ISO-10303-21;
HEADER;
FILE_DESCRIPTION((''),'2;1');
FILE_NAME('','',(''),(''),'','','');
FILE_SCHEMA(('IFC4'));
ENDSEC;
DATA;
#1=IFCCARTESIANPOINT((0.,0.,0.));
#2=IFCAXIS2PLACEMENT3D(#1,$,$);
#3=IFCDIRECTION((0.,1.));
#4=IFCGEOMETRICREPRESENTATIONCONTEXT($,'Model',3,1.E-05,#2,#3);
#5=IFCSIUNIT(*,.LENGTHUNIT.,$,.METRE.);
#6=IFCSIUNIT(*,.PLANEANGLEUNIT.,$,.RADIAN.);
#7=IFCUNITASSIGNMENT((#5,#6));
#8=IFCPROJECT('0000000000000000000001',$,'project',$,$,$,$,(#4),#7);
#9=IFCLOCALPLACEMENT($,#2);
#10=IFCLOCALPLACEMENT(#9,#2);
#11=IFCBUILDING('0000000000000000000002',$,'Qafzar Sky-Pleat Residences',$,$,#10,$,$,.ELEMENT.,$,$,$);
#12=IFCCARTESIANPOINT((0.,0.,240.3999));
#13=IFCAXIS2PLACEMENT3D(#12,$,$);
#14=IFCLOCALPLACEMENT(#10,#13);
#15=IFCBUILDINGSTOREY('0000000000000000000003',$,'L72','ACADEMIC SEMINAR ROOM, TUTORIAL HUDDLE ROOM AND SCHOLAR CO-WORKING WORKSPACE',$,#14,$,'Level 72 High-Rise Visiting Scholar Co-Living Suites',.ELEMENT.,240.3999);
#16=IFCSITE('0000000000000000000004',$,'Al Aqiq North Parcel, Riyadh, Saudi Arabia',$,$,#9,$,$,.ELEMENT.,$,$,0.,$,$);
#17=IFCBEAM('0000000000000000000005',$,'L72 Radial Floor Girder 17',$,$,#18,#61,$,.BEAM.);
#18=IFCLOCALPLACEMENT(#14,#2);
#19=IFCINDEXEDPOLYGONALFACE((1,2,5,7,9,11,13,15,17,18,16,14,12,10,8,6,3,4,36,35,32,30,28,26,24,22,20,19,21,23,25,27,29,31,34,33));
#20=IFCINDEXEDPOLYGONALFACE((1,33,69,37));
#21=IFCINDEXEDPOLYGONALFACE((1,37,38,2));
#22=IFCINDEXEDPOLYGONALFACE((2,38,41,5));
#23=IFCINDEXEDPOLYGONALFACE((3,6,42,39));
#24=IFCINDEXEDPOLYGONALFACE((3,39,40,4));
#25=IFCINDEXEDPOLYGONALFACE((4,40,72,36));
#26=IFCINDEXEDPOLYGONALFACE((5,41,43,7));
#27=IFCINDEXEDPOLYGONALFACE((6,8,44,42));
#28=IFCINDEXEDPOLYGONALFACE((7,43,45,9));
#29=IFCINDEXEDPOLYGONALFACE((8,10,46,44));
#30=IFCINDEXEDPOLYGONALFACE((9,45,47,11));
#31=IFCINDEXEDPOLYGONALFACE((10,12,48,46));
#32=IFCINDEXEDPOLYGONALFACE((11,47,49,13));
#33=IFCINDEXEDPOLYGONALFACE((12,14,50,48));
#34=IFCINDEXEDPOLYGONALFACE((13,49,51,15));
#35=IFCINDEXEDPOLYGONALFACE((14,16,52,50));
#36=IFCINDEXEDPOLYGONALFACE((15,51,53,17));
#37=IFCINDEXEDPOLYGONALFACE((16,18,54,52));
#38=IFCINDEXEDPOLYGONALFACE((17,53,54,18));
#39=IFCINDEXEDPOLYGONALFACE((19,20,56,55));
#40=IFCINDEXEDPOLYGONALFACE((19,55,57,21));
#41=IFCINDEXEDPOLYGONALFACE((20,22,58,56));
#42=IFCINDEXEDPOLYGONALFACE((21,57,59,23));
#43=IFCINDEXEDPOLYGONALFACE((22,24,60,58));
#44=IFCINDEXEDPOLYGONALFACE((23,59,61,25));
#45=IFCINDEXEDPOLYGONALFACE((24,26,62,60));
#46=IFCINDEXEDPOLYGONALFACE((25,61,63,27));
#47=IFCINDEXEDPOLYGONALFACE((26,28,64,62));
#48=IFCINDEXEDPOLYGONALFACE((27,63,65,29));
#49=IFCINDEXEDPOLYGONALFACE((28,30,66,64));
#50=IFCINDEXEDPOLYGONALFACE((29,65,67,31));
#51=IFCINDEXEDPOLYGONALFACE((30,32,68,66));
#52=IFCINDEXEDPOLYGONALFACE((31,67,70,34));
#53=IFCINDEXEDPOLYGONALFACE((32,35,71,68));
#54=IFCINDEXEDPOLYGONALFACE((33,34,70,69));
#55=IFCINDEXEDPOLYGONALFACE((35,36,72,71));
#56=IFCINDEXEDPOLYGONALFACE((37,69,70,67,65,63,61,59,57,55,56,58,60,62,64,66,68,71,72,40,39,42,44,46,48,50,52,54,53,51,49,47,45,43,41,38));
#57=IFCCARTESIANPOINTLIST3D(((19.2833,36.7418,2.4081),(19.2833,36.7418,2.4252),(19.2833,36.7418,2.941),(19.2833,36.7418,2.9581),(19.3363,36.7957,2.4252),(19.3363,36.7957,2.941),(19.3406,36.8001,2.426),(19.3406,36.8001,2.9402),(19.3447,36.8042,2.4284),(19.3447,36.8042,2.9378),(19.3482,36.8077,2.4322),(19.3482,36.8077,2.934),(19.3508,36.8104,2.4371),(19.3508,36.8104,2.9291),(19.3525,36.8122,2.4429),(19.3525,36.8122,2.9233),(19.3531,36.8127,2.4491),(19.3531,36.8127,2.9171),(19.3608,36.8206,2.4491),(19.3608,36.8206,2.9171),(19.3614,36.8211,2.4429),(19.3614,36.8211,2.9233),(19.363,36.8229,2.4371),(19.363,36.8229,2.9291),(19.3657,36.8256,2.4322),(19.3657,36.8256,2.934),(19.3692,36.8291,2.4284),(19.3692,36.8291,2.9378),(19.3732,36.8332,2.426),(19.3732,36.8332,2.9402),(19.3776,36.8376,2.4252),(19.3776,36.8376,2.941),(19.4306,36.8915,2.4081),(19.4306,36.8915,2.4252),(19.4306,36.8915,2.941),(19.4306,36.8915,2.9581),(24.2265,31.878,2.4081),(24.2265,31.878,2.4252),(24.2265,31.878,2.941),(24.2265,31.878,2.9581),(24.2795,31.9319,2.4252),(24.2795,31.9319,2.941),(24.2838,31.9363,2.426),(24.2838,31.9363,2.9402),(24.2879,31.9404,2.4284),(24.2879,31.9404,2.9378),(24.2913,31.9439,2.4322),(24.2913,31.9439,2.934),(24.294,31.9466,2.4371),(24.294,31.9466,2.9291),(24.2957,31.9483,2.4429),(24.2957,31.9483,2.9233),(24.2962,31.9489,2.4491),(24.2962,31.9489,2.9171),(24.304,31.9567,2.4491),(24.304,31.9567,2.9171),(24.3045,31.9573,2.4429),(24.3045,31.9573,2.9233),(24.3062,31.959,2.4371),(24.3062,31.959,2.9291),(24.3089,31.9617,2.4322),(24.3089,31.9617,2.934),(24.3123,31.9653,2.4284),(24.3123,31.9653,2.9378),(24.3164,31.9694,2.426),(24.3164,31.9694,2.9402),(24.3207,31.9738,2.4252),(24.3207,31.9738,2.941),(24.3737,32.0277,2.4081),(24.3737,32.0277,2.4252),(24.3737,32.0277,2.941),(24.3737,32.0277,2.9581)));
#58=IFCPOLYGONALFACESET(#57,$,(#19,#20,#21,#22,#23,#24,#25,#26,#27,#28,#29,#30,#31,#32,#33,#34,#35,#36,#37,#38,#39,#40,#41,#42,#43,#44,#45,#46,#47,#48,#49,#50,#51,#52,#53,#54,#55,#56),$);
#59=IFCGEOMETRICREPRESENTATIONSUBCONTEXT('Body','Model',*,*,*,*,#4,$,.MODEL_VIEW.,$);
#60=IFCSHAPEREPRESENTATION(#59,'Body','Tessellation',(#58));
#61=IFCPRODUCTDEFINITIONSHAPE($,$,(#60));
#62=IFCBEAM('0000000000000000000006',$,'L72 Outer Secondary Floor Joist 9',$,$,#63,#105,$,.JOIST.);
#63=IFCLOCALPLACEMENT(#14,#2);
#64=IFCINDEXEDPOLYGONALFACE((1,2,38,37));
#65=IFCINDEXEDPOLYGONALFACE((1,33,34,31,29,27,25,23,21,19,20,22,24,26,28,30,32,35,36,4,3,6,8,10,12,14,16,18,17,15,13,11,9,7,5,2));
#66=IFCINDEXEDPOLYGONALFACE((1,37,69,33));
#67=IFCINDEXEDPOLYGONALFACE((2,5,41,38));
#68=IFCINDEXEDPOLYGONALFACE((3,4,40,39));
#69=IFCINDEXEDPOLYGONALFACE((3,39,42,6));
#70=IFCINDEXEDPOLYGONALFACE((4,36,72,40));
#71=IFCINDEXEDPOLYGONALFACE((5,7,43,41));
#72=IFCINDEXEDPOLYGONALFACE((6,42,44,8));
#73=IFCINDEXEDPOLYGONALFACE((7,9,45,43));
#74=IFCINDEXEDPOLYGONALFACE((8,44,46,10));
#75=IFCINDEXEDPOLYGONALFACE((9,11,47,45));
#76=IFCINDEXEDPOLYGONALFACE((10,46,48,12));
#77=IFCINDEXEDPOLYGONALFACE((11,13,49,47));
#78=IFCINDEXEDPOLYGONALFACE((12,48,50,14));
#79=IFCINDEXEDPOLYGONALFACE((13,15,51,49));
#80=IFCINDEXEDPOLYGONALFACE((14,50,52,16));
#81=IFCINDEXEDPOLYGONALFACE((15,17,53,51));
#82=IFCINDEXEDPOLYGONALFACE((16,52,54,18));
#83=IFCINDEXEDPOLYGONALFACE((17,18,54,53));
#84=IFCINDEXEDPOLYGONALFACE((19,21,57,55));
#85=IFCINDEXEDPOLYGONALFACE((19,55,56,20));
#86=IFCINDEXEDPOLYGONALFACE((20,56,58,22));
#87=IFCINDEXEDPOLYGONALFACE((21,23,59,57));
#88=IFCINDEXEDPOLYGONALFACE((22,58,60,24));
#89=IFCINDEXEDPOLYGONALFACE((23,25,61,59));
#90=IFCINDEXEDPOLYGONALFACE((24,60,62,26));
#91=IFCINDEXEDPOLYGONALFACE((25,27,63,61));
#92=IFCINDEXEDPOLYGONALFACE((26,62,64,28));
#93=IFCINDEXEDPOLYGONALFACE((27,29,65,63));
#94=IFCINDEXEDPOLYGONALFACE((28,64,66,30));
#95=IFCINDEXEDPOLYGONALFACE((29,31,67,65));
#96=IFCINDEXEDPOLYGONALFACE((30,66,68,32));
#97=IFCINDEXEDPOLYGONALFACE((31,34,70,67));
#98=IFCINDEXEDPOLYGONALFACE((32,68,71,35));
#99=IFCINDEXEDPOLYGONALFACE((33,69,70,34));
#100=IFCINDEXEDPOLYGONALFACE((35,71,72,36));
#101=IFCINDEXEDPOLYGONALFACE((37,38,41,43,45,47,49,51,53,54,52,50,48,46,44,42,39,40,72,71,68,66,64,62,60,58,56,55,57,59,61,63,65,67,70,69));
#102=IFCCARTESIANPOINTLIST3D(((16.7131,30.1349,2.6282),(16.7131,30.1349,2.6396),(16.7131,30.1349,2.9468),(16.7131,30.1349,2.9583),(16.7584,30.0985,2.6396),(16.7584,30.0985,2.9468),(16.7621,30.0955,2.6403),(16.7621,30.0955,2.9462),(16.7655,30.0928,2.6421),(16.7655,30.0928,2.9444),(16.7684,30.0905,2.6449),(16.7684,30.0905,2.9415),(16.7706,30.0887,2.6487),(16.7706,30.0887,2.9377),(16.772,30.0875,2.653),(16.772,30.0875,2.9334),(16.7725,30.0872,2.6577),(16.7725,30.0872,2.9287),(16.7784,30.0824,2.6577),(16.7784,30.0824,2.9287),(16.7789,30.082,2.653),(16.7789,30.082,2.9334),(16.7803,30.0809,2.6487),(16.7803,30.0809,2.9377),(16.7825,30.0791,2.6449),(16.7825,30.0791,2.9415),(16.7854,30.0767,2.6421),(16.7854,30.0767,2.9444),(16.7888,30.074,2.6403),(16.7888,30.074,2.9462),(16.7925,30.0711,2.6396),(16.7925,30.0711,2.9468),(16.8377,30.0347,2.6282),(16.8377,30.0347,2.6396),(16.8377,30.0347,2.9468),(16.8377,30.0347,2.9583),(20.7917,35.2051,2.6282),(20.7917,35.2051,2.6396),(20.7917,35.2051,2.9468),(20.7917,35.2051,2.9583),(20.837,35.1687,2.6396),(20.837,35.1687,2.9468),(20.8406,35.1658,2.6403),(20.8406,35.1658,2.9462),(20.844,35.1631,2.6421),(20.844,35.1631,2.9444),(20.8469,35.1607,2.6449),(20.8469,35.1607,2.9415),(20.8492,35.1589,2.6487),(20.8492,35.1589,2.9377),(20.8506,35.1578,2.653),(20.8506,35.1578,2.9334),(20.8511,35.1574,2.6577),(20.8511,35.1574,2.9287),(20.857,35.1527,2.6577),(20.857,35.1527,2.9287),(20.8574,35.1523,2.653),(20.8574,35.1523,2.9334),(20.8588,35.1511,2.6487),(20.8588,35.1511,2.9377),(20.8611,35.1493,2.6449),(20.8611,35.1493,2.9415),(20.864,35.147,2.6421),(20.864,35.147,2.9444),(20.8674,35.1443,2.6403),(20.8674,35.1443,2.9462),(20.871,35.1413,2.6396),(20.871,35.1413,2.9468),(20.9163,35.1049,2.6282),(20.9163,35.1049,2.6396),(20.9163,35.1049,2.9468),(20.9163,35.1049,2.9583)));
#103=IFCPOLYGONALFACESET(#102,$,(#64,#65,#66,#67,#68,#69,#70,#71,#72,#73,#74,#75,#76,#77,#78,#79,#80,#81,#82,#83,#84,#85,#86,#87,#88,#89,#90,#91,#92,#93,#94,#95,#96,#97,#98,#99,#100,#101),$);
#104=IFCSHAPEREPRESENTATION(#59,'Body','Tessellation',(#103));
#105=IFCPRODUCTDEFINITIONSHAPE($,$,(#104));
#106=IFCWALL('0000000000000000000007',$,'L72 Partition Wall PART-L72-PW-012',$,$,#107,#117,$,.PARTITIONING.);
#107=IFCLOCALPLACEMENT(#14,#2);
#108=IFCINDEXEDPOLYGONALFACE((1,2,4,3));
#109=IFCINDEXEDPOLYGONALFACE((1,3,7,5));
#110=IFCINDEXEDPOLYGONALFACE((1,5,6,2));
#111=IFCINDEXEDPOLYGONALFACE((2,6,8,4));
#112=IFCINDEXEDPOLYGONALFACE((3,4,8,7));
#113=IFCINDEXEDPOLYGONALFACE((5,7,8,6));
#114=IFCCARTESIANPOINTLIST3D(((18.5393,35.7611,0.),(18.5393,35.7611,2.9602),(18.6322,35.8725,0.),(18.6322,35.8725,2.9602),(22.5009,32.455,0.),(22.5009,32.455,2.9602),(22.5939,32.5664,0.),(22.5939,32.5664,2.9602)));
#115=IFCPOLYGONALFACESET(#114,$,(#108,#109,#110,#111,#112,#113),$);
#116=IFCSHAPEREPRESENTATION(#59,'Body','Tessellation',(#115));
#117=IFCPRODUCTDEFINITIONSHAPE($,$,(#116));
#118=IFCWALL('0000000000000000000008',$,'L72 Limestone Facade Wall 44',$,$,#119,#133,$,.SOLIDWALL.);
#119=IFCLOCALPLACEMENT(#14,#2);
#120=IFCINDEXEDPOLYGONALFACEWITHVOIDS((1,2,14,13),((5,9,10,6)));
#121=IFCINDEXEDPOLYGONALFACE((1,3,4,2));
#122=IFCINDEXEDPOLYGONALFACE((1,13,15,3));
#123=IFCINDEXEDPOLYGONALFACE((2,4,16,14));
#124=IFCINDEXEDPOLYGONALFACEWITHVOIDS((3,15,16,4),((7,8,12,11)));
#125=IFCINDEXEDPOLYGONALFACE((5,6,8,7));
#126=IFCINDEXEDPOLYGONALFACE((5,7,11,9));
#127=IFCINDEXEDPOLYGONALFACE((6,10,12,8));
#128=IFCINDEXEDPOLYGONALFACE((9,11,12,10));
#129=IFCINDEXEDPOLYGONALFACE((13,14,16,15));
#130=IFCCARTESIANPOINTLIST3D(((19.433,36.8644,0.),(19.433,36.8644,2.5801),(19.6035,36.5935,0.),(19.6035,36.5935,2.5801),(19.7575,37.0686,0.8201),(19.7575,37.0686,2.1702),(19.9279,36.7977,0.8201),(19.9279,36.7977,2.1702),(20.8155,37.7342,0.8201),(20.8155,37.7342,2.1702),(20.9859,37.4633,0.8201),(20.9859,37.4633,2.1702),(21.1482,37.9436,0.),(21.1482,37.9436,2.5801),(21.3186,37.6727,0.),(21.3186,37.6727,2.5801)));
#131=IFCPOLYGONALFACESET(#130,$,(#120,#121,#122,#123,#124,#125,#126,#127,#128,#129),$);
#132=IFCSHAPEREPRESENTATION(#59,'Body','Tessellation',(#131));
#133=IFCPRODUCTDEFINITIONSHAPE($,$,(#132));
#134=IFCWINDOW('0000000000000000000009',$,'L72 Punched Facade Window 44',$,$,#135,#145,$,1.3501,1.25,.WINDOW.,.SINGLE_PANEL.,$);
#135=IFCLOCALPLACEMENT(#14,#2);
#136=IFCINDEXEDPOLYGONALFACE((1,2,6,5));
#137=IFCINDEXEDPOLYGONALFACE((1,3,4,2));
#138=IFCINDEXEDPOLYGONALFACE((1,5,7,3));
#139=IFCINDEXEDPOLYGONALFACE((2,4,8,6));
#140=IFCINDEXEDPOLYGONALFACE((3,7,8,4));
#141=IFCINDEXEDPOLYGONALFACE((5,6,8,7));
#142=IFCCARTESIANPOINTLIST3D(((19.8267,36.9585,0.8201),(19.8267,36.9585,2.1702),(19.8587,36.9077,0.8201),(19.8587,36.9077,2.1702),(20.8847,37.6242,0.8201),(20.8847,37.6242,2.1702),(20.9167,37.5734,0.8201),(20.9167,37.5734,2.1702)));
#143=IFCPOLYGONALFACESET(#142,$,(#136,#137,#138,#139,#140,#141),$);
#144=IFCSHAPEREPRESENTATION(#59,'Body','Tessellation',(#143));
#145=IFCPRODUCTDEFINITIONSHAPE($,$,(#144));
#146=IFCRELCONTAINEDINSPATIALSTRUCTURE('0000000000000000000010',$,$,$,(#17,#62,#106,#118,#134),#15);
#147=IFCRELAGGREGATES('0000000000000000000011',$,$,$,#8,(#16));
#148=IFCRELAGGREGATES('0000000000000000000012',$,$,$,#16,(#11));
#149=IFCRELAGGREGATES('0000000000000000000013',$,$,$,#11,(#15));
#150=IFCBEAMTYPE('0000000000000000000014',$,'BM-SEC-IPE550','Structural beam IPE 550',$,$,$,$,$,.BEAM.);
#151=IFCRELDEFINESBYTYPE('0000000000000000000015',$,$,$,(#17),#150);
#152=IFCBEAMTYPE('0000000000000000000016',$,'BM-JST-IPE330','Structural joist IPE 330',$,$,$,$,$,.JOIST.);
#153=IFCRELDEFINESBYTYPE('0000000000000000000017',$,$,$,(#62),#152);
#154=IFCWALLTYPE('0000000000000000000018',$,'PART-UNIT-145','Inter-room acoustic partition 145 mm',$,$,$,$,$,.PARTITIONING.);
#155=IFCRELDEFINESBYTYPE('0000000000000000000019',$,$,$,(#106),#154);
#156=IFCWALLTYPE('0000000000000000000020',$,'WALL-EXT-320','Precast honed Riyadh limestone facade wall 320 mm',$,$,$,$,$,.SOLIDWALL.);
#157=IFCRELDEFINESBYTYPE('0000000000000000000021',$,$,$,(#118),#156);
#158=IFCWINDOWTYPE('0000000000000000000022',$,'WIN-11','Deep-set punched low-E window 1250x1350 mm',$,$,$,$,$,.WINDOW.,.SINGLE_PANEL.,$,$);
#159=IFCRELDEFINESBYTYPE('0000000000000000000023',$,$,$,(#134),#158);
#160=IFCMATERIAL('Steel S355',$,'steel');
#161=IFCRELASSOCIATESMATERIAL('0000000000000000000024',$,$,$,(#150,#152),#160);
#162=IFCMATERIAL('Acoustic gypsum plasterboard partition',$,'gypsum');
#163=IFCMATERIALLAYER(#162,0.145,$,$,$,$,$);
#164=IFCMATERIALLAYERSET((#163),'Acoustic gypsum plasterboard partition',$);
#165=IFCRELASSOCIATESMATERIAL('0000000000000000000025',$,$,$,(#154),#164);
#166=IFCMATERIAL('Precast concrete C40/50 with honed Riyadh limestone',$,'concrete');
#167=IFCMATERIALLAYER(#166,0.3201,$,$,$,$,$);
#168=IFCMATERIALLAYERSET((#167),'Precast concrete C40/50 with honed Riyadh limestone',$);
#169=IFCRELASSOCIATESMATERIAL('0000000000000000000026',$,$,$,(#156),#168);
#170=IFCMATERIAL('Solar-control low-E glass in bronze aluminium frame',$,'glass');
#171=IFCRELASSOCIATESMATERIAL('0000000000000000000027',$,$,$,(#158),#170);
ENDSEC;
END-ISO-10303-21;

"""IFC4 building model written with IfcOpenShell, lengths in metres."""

from ifc_helpers import new_model, si_unit, direction, frame, frame_2d, origin, origin_2d, place, context, subcontext, project, spatial, rectangle, i_section, extrude, source, transform, mapped, material, layer, layer_set, material_profile, profile_set, type_object, element, fill, save


model = new_model("IFC4")

# Units and contexts
model_context = context("Model", 3, precision=1e-05, world=origin(), true_north=direction((0.0, 1.0)))
body_context = subcontext(model_context, "Body", "Model", "MODEL_VIEW")
ifc_project = project(units=[si_unit("LENGTHUNIT", "METRE"), si_unit("PLANEANGLEUNIT", "RADIAN")], contexts=[model_context])

# Site, building, storey
site_placement = place(None, origin())
site = spatial("IfcSite", under=ifc_project, at=site_placement, Name="Al Aqiq North Parcel, Riyadh, Saudi Arabia", CompositionType="ELEMENT", RefElevation=0.0)
building_placement = place(site_placement, origin())
building = spatial("IfcBuilding", under=site, at=building_placement, Name="Qafzar Sky-Pleat Residences", CompositionType="ELEMENT")
storey_placement = place(building_placement, frame((0.0, 0.0, 240.3999)))
storey = spatial("IfcBuildingStorey", under=building, at=storey_placement, Name="L72", Description="ACADEMIC SEMINAR ROOM, TUTORIAL HUDDLE ROOM AND SCHOLAR CO-WORKING WORKSPACE", LongName="Level 72 High-Rise Visiting Scholar Co-Living Suites", CompositionType="ELEMENT", Elevation=240.3999)

# Shared definitions
ifc_material_1 = material(Name="Steel S355", Category="steel")

# Beams
ifc_material_profile_1 = material_profile(ifc_material_1, i_section(OverallWidth=0.21, OverallDepth=0.55, WebThickness=0.011, FlangeThickness=0.0171, FilletRadius=0.0239, at=origin_2d()), Name="IPE 550")
ifc_profile_set_1 = profile_set([ifc_material_profile_1], Name="Steel S355")
beam_type_1 = type_object("IfcBeamType", Name="BM-SEC-IPE550", Description="Structural beam IPE 550", PredefinedType="BEAM", material=ifc_profile_set_1)
shared_shape_1 = source(origin(), body_context, "Body", "SweptSolid", [
    extrude(i_section(OverallWidth=0.21, OverallDepth=0.55, WebThickness=0.011, FlangeThickness=0.0171, FilletRadius=0.0239, at=origin_2d()), origin(), (0.0, 0.0, 1.0), 6.9348),
])
beam_1_placement = place(storey_placement, frame((19.3569, 36.8167, 2.6831), z_axis=(0.712805, -0.701363, 0.0), x_axis=(0.701363, 0.712805, 0.0)))
element("IfcBeam", 1, at=beam_1_placement, inside=storey, type_object=beam_type_1, Name="L72 Radial Floor Girder 17", PredefinedType="BEAM", context=body_context, shape_type="MappedRepresentation", body=[
    mapped(shared_shape_1, transform((0.0, 0.0, 0.0), x_axis=(1.0, 0.0, 0.0), y_axis=(0.0, 1.0, 0.0), z_axis=(0.0, 0.0, 1.0), scale=1.0)),
])
ifc_material_profile_2 = material_profile(ifc_material_1, i_section(OverallWidth=0.1599, OverallDepth=0.3301, WebThickness=0.0076, FlangeThickness=0.0115, FilletRadius=0.0181, at=origin_2d()), Name="IPE 330")
ifc_profile_set_2 = profile_set([ifc_material_profile_2], Name="Steel S355")
beam_type_2 = type_object("IfcBeamType", Name="BM-JST-IPE330", Description="Structural joist IPE 330", PredefinedType="JOIST", material=ifc_profile_set_2)
shared_shape_2 = source(origin(), body_context, "Body", "SweptSolid", [
    extrude(i_section(OverallWidth=0.1599, OverallDepth=0.3301, WebThickness=0.0076, FlangeThickness=0.0115, FilletRadius=0.0181, at=origin_2d()), origin(), (0.0, 0.0, 1.0), 6.5071),
])
beam_2_placement = place(storey_placement, frame((20.854, 35.155, 2.7932), z_axis=(-0.626788, -0.77919, 0.0), x_axis=(0.77919, -0.626788, 0.0)))
element("IfcBeam", 2, at=beam_2_placement, inside=storey, type_object=beam_type_2, Name="L72 Outer Secondary Floor Joist 9", PredefinedType="JOIST", context=body_context, shape_type="MappedRepresentation", body=[
    mapped(shared_shape_2, transform((0.0, 0.0, 0.0), x_axis=(1.0, 0.0, 0.0), y_axis=(0.0, 1.0, 0.0), z_axis=(0.0, 0.0, 1.0), scale=1.0)),
])

# Wall
ifc_material_2 = material(Name="Acoustic gypsum plasterboard partition", Category="gypsum")
ifc_layer_1 = layer(ifc_material_2, 0.145)
ifc_layer_set_1 = layer_set([ifc_layer_1], Name="Acoustic gypsum plasterboard partition")
wall_type_1 = type_object("IfcWallType", Name="PART-UNIT-145", Description="Inter-room acoustic partition 145 mm", PredefinedType="PARTITIONING", material=ifc_layer_set_1)
wall_1_placement = place(storey_placement, frame((18.5857, 35.8169, 0.0), z_axis=(0.0, 0.0, 1.0), x_axis=(0.767767, -0.640729, 0.0)))
element("IfcWall", 3, at=wall_1_placement, inside=storey, type_object=wall_type_1, Name="L72 Partition Wall PART-L72-PW-012", PredefinedType="PARTITIONING", context=body_context, shape_type="SweptSolid", body=[
    extrude(rectangle(XDim=5.1599, YDim=0.145, at=frame_2d((2.5801, 0.0))), origin(), (0.0, 0.0, 1.0), 2.9602),
])

# Wall, opening, window
ifc_material_3 = material(Name="Precast concrete C40/50 with honed Riyadh limestone", Category="concrete")
ifc_layer_2 = layer(ifc_material_3, 0.3201)
ifc_layer_set_2 = layer_set([ifc_layer_2], Name="Precast concrete C40/50 with honed Riyadh limestone")
wall_type_2 = type_object("IfcWallType", Name="WALL-EXT-320", Description="Precast honed Riyadh limestone facade wall 320 mm", PredefinedType="SOLIDWALL", material=ifc_layer_set_2)
wall_2_placement = place(storey_placement, frame((21.2334, 37.8081, 0.0), z_axis=(0.0, 0.0, 1.0), x_axis=(-0.846404, -0.532542, 0.0)))
wall_2 = element("IfcWall", 4, at=wall_2_placement, inside=storey, type_object=wall_type_2, Name="L72 Limestone Facade Wall 44", PredefinedType="SOLIDWALL", context=body_context, shape_type="SweptSolid", body=[
    extrude(rectangle(XDim=2.0264, YDim=0.3201, at=frame_2d((1.0132, 0.0))), origin(), (0.0, 0.0, 1.0), 2.5801),
])
opening_1_placement = place(wall_2_placement, frame((0.3931, 0.0, 0.8201)))
opening_1 = element("IfcOpeningElement", 5, at=opening_1_placement, cuts=wall_2, PredefinedType="OPENING", context=body_context, shape_type="SweptSolid", body=[
    extrude(rectangle(XDim=1.25, YDim=1.3501, at=frame_2d((0.625, 0.675))), frame((0.0, 0.1699, 0.0), z_axis=(0.0, -1.0, 0.0), x_axis=(1.0, 0.0, 0.0)), (0.0, 0.0, 1.0), 0.3401),
])
ifc_material_4 = material(Name="Solar-control low-E glass in bronze aluminium frame", Category="glass")
window_type_1 = type_object("IfcWindowType", Name="WIN-11", Description="Deep-set punched low-E window 1250x1350 mm", PartitioningType="SINGLE_PANEL", PredefinedType="WINDOW", material=ifc_material_4)
shared_shape_3 = source(origin(), body_context, "Body", "SweptSolid", [
    extrude(rectangle(XDim=1.25, YDim=1.3501, at=frame_2d((0.625, 0.675))), frame((0.0, 0.03, 0.0), z_axis=(0.0, -1.0, 0.0), x_axis=(1.0, 0.0, 0.0)), (0.0, 0.0, 1.0), 0.0601),
])
window_1_placement = place(opening_1_placement, origin())
window_1 = element("IfcWindow", 6, at=window_1_placement, inside=storey, type_object=window_type_1, Name="L72 Punched Facade Window 44", OverallHeight=1.3501, OverallWidth=1.25, PartitioningType="SINGLE_PANEL", PredefinedType="WINDOW", context=body_context, shape_type="MappedRepresentation", body=[
    mapped(shared_shape_3, transform((0.0, 0.0, 0.0), x_axis=(1.0, 0.0, 0.0), y_axis=(0.0, 1.0, 0.0), z_axis=(0.0, 0.0, 1.0), scale=1.0)),
])
fill(opening_1, window_1)

save(model, "model.ifc")
